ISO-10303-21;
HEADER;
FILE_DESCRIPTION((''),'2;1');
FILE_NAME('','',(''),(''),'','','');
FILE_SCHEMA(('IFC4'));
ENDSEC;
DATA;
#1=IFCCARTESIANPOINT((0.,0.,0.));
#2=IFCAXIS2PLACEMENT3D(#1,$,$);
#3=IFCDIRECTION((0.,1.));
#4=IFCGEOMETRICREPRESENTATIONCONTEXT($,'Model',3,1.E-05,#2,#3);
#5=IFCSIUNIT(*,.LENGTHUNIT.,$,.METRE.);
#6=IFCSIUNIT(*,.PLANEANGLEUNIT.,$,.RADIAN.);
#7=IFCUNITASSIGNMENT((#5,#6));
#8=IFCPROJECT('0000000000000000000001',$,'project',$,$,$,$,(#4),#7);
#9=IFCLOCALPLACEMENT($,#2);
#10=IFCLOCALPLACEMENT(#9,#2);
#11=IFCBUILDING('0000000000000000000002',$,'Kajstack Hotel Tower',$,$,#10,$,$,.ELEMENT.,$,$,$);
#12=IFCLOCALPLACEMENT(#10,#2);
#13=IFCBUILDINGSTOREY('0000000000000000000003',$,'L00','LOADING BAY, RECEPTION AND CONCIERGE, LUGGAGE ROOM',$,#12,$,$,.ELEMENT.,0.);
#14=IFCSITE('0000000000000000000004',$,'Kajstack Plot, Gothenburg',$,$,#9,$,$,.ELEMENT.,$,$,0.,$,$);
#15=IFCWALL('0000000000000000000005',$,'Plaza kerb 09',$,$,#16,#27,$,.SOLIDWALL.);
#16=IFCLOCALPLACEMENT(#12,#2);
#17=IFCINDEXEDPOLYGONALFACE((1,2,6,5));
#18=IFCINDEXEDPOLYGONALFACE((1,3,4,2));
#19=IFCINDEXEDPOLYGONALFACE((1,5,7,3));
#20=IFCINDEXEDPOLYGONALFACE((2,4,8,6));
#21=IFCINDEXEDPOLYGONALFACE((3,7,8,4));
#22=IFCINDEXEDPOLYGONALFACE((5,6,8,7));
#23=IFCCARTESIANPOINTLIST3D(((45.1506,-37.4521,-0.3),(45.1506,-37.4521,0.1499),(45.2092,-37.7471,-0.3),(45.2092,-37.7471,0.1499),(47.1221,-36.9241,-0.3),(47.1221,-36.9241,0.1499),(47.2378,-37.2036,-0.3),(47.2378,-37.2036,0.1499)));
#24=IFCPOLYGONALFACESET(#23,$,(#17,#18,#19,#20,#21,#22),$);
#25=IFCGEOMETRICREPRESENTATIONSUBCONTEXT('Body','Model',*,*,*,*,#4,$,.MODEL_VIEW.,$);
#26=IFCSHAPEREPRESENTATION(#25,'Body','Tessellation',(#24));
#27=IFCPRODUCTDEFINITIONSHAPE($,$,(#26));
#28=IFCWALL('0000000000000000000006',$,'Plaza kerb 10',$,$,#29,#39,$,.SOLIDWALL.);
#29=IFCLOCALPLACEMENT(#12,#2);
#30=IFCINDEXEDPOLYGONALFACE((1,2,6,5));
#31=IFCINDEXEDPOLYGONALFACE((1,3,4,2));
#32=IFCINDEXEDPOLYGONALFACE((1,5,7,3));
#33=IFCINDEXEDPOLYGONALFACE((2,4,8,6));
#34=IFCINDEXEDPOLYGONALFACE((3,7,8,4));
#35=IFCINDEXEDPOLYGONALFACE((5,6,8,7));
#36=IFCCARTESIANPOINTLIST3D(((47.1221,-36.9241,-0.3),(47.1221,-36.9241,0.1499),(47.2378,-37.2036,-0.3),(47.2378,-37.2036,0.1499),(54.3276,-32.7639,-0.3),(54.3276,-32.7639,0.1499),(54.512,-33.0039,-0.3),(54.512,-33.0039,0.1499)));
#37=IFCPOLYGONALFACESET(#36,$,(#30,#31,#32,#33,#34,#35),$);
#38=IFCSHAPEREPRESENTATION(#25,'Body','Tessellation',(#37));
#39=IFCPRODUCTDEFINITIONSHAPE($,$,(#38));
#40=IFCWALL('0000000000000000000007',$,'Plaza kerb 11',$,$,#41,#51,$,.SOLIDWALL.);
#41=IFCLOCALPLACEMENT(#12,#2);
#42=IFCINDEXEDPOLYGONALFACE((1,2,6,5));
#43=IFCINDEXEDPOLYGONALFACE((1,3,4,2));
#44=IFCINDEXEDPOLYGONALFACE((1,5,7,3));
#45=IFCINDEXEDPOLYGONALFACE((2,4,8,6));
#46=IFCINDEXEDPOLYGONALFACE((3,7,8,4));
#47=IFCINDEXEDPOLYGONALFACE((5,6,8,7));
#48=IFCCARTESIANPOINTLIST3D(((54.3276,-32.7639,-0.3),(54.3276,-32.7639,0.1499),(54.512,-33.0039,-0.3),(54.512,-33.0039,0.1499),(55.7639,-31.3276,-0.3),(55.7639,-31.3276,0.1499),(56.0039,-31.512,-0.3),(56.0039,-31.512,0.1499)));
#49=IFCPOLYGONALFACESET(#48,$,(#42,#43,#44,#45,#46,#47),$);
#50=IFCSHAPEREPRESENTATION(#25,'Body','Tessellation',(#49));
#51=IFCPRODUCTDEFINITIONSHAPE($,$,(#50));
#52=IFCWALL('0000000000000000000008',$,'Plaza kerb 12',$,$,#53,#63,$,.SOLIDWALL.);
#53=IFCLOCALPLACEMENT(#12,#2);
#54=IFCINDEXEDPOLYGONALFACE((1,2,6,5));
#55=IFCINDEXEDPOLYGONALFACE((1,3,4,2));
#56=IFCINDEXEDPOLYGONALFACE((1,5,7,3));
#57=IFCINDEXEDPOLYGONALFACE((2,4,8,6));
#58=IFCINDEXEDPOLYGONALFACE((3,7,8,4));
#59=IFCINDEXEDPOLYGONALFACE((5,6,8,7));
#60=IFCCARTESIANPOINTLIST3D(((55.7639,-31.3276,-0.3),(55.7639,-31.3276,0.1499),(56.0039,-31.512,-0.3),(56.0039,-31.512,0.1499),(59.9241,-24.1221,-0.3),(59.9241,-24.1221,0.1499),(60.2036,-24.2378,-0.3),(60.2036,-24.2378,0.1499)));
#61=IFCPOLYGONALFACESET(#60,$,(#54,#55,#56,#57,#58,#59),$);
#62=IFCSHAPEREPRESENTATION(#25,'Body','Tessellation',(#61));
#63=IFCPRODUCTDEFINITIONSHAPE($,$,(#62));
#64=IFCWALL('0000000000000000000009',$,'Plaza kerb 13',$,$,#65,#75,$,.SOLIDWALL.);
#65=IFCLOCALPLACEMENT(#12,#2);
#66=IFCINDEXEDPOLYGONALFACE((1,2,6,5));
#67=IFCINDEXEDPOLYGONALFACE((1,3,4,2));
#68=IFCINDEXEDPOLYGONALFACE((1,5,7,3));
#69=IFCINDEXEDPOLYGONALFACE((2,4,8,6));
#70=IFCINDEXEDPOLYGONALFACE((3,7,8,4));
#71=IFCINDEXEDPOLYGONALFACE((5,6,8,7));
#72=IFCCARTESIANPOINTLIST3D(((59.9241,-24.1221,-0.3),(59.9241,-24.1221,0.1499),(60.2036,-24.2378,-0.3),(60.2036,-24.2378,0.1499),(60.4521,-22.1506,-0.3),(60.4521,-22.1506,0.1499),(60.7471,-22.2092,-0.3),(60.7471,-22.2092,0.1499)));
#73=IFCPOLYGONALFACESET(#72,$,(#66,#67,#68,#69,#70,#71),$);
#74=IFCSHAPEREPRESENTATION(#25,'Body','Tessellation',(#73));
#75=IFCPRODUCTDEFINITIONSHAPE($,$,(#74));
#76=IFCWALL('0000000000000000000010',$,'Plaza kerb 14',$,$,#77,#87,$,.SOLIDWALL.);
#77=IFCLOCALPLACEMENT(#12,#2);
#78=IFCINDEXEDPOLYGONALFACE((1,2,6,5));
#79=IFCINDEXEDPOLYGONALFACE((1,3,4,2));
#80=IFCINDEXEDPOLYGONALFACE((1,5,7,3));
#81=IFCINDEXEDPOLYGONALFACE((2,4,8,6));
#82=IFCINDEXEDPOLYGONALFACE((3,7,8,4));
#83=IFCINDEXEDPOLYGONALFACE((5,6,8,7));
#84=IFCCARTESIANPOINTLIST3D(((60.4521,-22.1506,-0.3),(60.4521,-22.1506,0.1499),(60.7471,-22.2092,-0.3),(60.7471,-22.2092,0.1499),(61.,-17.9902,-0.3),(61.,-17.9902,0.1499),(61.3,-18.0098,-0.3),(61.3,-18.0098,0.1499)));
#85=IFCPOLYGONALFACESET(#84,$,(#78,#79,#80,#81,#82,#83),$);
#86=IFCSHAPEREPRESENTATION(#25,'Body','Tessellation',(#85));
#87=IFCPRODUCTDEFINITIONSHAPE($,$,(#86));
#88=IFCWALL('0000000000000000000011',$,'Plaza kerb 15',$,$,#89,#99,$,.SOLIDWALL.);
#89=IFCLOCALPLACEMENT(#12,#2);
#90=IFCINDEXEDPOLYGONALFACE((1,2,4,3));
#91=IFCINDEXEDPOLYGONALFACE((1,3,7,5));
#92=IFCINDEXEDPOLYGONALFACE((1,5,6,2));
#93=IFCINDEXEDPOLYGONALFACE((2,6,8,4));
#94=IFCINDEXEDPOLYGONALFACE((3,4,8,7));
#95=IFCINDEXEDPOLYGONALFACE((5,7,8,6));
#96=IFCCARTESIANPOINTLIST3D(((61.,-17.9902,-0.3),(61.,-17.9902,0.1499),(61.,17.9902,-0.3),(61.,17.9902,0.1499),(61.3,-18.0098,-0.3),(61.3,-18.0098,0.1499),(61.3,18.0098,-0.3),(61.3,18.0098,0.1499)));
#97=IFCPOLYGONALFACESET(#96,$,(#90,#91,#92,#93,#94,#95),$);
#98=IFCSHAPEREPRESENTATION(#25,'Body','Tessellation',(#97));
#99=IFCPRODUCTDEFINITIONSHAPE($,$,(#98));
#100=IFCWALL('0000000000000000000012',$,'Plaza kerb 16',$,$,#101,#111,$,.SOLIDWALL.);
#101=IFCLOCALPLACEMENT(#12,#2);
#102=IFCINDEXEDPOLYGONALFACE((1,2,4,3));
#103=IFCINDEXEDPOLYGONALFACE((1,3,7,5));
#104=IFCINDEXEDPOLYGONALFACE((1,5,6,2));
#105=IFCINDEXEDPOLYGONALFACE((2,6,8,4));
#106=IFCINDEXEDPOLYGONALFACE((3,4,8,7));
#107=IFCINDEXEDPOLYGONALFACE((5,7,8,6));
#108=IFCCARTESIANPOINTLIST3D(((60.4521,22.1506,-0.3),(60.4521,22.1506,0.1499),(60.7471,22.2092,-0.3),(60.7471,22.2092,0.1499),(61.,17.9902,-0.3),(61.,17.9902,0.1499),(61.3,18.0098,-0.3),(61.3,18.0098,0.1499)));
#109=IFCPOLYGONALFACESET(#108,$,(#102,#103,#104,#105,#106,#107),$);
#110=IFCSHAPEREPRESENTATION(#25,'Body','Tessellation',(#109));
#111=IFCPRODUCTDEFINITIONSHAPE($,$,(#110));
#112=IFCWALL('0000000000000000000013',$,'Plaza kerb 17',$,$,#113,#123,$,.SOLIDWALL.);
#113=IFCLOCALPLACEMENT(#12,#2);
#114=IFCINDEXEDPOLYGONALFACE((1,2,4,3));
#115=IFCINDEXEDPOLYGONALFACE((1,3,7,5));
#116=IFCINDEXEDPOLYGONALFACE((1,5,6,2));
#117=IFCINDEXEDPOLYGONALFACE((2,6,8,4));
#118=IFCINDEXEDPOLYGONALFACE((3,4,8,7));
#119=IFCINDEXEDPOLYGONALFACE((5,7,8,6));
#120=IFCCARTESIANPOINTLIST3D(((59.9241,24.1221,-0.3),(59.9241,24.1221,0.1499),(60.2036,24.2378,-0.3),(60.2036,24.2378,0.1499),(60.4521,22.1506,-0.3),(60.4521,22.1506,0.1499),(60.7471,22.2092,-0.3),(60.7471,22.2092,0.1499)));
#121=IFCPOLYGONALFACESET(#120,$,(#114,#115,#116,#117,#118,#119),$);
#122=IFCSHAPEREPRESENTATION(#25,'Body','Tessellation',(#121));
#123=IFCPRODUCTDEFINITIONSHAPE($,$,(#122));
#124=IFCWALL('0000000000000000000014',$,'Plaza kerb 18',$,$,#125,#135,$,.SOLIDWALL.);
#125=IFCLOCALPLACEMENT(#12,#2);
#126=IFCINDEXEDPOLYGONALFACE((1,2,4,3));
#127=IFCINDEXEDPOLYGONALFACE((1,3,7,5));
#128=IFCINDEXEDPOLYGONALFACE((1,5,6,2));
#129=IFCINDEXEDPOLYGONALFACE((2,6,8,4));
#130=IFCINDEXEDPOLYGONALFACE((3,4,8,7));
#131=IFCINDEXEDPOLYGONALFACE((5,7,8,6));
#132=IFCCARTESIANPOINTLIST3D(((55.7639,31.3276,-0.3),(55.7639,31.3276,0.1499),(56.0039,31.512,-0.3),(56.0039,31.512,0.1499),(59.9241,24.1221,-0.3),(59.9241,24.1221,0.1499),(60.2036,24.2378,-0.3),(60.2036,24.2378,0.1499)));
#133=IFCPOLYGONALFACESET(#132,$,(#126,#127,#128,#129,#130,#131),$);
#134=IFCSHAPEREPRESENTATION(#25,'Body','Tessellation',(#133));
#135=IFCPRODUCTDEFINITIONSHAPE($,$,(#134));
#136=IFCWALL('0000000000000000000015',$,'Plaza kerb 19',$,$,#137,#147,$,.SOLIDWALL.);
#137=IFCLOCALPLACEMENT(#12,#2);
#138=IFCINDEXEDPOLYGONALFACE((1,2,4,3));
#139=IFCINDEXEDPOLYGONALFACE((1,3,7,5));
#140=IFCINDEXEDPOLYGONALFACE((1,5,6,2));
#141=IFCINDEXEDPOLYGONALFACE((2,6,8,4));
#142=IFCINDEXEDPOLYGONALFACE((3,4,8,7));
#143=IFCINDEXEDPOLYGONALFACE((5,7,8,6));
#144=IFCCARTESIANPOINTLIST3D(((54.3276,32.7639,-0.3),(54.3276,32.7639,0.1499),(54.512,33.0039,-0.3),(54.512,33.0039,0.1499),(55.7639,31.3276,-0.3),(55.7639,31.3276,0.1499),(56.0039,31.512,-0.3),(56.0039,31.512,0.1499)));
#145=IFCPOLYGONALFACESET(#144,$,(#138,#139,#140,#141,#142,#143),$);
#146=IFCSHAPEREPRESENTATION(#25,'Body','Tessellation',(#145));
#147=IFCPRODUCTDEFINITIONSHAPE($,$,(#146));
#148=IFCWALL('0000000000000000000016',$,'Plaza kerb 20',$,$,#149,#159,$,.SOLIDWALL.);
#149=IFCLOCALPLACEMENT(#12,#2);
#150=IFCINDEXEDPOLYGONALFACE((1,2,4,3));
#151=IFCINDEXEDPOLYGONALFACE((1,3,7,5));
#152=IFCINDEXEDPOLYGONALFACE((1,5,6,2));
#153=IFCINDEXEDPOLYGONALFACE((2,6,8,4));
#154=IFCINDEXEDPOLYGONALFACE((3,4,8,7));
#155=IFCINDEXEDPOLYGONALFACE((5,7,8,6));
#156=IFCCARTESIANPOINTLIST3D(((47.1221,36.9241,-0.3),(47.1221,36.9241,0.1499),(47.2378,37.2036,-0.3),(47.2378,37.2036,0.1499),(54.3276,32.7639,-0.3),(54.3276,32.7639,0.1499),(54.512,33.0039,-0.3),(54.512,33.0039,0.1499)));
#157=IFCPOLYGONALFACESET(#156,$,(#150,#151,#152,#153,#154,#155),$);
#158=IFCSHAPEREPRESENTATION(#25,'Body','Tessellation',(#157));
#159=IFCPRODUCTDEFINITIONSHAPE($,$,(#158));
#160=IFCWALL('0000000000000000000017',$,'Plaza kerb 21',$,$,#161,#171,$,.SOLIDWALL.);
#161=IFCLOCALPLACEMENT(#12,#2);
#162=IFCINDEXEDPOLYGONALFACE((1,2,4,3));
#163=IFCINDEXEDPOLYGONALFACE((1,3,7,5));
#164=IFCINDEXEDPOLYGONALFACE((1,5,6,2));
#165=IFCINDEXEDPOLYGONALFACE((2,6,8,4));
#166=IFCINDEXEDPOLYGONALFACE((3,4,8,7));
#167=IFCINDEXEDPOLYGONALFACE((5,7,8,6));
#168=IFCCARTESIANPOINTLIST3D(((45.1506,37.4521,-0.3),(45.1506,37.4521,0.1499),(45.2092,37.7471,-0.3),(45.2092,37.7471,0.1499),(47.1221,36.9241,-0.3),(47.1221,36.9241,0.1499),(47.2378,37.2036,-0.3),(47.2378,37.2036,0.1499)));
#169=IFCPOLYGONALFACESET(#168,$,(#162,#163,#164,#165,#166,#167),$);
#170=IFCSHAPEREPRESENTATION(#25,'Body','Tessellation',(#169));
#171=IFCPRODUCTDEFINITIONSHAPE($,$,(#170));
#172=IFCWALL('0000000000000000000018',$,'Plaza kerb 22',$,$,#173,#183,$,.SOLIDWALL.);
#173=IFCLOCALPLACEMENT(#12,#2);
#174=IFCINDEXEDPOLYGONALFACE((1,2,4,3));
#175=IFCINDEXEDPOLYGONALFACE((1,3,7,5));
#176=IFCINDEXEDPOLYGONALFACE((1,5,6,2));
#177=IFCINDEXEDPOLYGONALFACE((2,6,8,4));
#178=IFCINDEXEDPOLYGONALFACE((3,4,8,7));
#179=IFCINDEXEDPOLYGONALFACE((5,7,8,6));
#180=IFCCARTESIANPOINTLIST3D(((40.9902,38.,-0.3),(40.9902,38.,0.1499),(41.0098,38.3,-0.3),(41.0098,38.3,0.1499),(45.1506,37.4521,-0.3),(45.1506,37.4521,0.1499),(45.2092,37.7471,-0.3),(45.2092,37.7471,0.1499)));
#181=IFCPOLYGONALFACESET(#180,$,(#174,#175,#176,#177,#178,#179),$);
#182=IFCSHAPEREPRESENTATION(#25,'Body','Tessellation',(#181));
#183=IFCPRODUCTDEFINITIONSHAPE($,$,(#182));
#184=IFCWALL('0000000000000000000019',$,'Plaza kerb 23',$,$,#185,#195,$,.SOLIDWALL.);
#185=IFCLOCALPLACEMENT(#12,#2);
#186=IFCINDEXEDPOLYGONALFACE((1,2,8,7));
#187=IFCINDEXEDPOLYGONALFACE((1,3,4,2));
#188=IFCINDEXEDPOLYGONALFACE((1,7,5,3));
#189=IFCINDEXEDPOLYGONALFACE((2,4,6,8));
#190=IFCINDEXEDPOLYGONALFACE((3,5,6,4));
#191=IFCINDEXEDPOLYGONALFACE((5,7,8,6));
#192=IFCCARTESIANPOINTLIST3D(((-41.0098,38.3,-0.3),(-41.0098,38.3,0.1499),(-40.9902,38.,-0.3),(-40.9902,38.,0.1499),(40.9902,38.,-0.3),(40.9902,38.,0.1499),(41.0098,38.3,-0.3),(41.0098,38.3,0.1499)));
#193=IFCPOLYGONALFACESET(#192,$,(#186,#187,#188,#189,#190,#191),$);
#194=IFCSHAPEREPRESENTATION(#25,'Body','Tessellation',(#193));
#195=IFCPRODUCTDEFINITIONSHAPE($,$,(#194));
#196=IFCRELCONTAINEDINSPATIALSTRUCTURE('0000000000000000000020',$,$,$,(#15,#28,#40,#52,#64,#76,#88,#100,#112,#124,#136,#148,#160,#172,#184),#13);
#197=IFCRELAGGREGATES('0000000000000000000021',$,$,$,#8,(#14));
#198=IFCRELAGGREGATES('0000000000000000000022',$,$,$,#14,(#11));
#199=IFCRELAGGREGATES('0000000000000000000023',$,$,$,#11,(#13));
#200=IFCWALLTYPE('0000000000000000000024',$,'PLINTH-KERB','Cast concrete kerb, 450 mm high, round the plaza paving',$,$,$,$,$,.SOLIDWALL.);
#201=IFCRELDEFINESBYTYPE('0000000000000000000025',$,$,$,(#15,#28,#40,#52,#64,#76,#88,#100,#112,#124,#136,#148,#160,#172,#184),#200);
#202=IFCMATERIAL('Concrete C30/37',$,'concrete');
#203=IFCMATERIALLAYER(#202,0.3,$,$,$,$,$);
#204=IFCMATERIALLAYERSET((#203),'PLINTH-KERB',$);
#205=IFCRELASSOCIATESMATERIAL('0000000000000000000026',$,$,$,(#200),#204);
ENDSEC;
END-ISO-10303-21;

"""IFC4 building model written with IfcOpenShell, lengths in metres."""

from ifc_helpers import new_model, si_unit, direction, frame, origin, place, context, subcontext, project, spatial, polyline, outline, extrude, material, layer, layer_set, type_object, element, save


model = new_model("IFC4")

# Units and contexts
model_context = context("Model", 3, precision=1e-05, world=origin(), true_north=direction((0.0, 1.0)))
body_context = subcontext(model_context, "Body", "Model", "MODEL_VIEW")
ifc_project = project(units=[si_unit("LENGTHUNIT", "METRE"), si_unit("PLANEANGLEUNIT", "RADIAN")], contexts=[model_context])

# Site, building, storey
site_placement = place(None, origin())
site = spatial("IfcSite", under=ifc_project, at=site_placement, Name="Kajstack Plot, Gothenburg", CompositionType="ELEMENT", RefElevation=0.0)
building_placement = place(site_placement, origin())
building = spatial("IfcBuilding", under=site, at=building_placement, Name="Kajstack Hotel Tower", CompositionType="ELEMENT")
storey_placement = place(building_placement, origin())
storey = spatial("IfcBuildingStorey", under=building, at=storey_placement, Name="L00", Description="LOADING BAY, RECEPTION AND CONCIERGE, LUGGAGE ROOM", CompositionType="ELEMENT", Elevation=0.0)

# Shared definitions
ifc_material_1 = material(Name="Concrete C30/37", Category="concrete")

# Walls
ifc_layer_1 = layer(ifc_material_1, 0.3)
ifc_layer_set_1 = layer_set([ifc_layer_1], Name="PLINTH-KERB")
wall_type_1 = type_object("IfcWallType", Name="PLINTH-KERB", Description="Cast concrete kerb, 450 mm high, round the plaza paving", PredefinedType="SOLIDWALL", material=ifc_layer_set_1)
wall_1_placement = place(storey_placement, frame((0.0, 0.0, -0.3)))
element("IfcWall", 1, at=wall_1_placement, inside=storey, type_object=wall_type_1, Name="Plaza kerb 09", PredefinedType="SOLIDWALL", context=body_context, shape_type="SweptSolid", body=[
    extrude(outline(polyline([(45.1506, -37.4521), (47.1221, -36.9241), (47.2378, -37.2036), (45.2092, -37.7471), (45.1506, -37.4521)])), origin(), (0.0, 0.0, 1.0), 0.45),
])
wall_2_placement = place(storey_placement, frame((0.0, 0.0, -0.3)))
element("IfcWall", 2, at=wall_2_placement, inside=storey, type_object=wall_type_1, Name="Plaza kerb 10", PredefinedType="SOLIDWALL", context=body_context, shape_type="SweptSolid", body=[
    extrude(outline(polyline([(47.1221, -36.9241), (54.3276, -32.7639), (54.512, -33.0039), (47.2378, -37.2036), (47.1221, -36.9241)])), origin(), (0.0, 0.0, 1.0), 0.45),
])
wall_3_placement = place(storey_placement, frame((0.0, 0.0, -0.3)))
element("IfcWall", 3, at=wall_3_placement, inside=storey, type_object=wall_type_1, Name="Plaza kerb 11", PredefinedType="SOLIDWALL", context=body_context, shape_type="SweptSolid", body=[
    extrude(outline(polyline([(54.3276, -32.7639), (55.7639, -31.3276), (56.0039, -31.512), (54.512, -33.0039), (54.3276, -32.7639)])), origin(), (0.0, 0.0, 1.0), 0.45),
])
wall_4_placement = place(storey_placement, frame((0.0, 0.0, -0.3)))
element("IfcWall", 4, at=wall_4_placement, inside=storey, type_object=wall_type_1, Name="Plaza kerb 12", PredefinedType="SOLIDWALL", context=body_context, shape_type="SweptSolid", body=[
    extrude(outline(polyline([(55.7639, -31.3276), (59.9241, -24.1221), (60.2036, -24.2378), (56.0039, -31.512), (55.7639, -31.3276)])), origin(), (0.0, 0.0, 1.0), 0.45),
])
wall_5_placement = place(storey_placement, frame((0.0, 0.0, -0.3)))
element("IfcWall", 5, at=wall_5_placement, inside=storey, type_object=wall_type_1, Name="Plaza kerb 13", PredefinedType="SOLIDWALL", context=body_context, shape_type="SweptSolid", body=[
    extrude(outline(polyline([(59.9241, -24.1221), (60.4521, -22.1506), (60.7471, -22.2092), (60.2036, -24.2378), (59.9241, -24.1221)])), origin(), (0.0, 0.0, 1.0), 0.45),
])
wall_6_placement = place(storey_placement, frame((0.0, 0.0, -0.3)))
element("IfcWall", 6, at=wall_6_placement, inside=storey, type_object=wall_type_1, Name="Plaza kerb 14", PredefinedType="SOLIDWALL", context=body_context, shape_type="SweptSolid", body=[
    extrude(outline(polyline([(60.4521, -22.1506), (61.0, -17.9902), (61.3, -18.0098), (60.7471, -22.2092), (60.4521, -22.1506)])), origin(), (0.0, 0.0, 1.0), 0.45),
])
wall_7_placement = place(storey_placement, frame((0.0, 0.0, -0.3)))
element("IfcWall", 7, at=wall_7_placement, inside=storey, type_object=wall_type_1, Name="Plaza kerb 15", PredefinedType="SOLIDWALL", context=body_context, shape_type="SweptSolid", body=[
    extrude(outline(polyline([(61.0, -17.9902), (61.0, 17.9902), (61.3, 18.0098), (61.3, -18.0098), (61.0, -17.9902)])), origin(), (0.0, 0.0, 1.0), 0.45),
])
wall_8_placement = place(storey_placement, frame((0.0, 0.0, -0.3)))
element("IfcWall", 8, at=wall_8_placement, inside=storey, type_object=wall_type_1, Name="Plaza kerb 16", PredefinedType="SOLIDWALL", context=body_context, shape_type="SweptSolid", body=[
    extrude(outline(polyline([(61.0, 17.9902), (60.4521, 22.1506), (60.7471, 22.2092), (61.3, 18.0098), (61.0, 17.9902)])), origin(), (0.0, 0.0, 1.0), 0.45),
])
wall_9_placement = place(storey_placement, frame((0.0, 0.0, -0.3)))
element("IfcWall", 9, at=wall_9_placement, inside=storey, type_object=wall_type_1, Name="Plaza kerb 17", PredefinedType="SOLIDWALL", context=body_context, shape_type="SweptSolid", body=[
    extrude(outline(polyline([(60.4521, 22.1506), (59.9241, 24.1221), (60.2036, 24.2378), (60.7471, 22.2092), (60.4521, 22.1506)])), origin(), (0.0, 0.0, 1.0), 0.45),
])
wall_10_placement = place(storey_placement, frame((0.0, 0.0, -0.3)))
element("IfcWall", 10, at=wall_10_placement, inside=storey, type_object=wall_type_1, Name="Plaza kerb 18", PredefinedType="SOLIDWALL", context=body_context, shape_type="SweptSolid", body=[
    extrude(outline(polyline([(59.9241, 24.1221), (55.7639, 31.3276), (56.0039, 31.512), (60.2036, 24.2378), (59.9241, 24.1221)])), origin(), (0.0, 0.0, 1.0), 0.45),
])
wall_11_placement = place(storey_placement, frame((0.0, 0.0, -0.3)))
element("IfcWall", 11, at=wall_11_placement, inside=storey, type_object=wall_type_1, Name="Plaza kerb 19", PredefinedType="SOLIDWALL", context=body_context, shape_type="SweptSolid", body=[
    extrude(outline(polyline([(55.7639, 31.3276), (54.3276, 32.7639), (54.512, 33.0039), (56.0039, 31.512), (55.7639, 31.3276)])), origin(), (0.0, 0.0, 1.0), 0.45),
])
wall_12_placement = place(storey_placement, frame((0.0, 0.0, -0.3)))
element("IfcWall", 12, at=wall_12_placement, inside=storey, type_object=wall_type_1, Name="Plaza kerb 20", PredefinedType="SOLIDWALL", context=body_context, shape_type="SweptSolid", body=[
    extrude(outline(polyline([(54.3276, 32.7639), (47.1221, 36.9241), (47.2378, 37.2036), (54.512, 33.0039), (54.3276, 32.7639)])), origin(), (0.0, 0.0, 1.0), 0.45),
])
wall_13_placement = place(storey_placement, frame((0.0, 0.0, -0.3)))
element("IfcWall", 13, at=wall_13_placement, inside=storey, type_object=wall_type_1, Name="Plaza kerb 21", PredefinedType="SOLIDWALL", context=body_context, shape_type="SweptSolid", body=[
    extrude(outline(polyline([(47.1221, 36.9241), (45.1506, 37.4521), (45.2092, 37.7471), (47.2378, 37.2036), (47.1221, 36.9241)])), origin(), (0.0, 0.0, 1.0), 0.45),
])
wall_14_placement = place(storey_placement, frame((0.0, 0.0, -0.3)))
element("IfcWall", 14, at=wall_14_placement, inside=storey, type_object=wall_type_1, Name="Plaza kerb 22", PredefinedType="SOLIDWALL", context=body_context, shape_type="SweptSolid", body=[
    extrude(outline(polyline([(45.1506, 37.4521), (40.9902, 38.0), (41.0098, 38.3), (45.2092, 37.7471), (45.1506, 37.4521)])), origin(), (0.0, 0.0, 1.0), 0.45),
])
wall_15_placement = place(storey_placement, frame((0.0, 0.0, -0.3)))
element("IfcWall", 15, at=wall_15_placement, inside=storey, type_object=wall_type_1, Name="Plaza kerb 23", PredefinedType="SOLIDWALL", context=body_context, shape_type="SweptSolid", body=[
    extrude(outline(polyline([(40.9902, 38.0), (-40.9902, 38.0), (-41.0098, 38.3), (41.0098, 38.3), (40.9902, 38.0)])), origin(), (0.0, 0.0, 1.0), 0.45),
])

save(model, "model.ifc")
